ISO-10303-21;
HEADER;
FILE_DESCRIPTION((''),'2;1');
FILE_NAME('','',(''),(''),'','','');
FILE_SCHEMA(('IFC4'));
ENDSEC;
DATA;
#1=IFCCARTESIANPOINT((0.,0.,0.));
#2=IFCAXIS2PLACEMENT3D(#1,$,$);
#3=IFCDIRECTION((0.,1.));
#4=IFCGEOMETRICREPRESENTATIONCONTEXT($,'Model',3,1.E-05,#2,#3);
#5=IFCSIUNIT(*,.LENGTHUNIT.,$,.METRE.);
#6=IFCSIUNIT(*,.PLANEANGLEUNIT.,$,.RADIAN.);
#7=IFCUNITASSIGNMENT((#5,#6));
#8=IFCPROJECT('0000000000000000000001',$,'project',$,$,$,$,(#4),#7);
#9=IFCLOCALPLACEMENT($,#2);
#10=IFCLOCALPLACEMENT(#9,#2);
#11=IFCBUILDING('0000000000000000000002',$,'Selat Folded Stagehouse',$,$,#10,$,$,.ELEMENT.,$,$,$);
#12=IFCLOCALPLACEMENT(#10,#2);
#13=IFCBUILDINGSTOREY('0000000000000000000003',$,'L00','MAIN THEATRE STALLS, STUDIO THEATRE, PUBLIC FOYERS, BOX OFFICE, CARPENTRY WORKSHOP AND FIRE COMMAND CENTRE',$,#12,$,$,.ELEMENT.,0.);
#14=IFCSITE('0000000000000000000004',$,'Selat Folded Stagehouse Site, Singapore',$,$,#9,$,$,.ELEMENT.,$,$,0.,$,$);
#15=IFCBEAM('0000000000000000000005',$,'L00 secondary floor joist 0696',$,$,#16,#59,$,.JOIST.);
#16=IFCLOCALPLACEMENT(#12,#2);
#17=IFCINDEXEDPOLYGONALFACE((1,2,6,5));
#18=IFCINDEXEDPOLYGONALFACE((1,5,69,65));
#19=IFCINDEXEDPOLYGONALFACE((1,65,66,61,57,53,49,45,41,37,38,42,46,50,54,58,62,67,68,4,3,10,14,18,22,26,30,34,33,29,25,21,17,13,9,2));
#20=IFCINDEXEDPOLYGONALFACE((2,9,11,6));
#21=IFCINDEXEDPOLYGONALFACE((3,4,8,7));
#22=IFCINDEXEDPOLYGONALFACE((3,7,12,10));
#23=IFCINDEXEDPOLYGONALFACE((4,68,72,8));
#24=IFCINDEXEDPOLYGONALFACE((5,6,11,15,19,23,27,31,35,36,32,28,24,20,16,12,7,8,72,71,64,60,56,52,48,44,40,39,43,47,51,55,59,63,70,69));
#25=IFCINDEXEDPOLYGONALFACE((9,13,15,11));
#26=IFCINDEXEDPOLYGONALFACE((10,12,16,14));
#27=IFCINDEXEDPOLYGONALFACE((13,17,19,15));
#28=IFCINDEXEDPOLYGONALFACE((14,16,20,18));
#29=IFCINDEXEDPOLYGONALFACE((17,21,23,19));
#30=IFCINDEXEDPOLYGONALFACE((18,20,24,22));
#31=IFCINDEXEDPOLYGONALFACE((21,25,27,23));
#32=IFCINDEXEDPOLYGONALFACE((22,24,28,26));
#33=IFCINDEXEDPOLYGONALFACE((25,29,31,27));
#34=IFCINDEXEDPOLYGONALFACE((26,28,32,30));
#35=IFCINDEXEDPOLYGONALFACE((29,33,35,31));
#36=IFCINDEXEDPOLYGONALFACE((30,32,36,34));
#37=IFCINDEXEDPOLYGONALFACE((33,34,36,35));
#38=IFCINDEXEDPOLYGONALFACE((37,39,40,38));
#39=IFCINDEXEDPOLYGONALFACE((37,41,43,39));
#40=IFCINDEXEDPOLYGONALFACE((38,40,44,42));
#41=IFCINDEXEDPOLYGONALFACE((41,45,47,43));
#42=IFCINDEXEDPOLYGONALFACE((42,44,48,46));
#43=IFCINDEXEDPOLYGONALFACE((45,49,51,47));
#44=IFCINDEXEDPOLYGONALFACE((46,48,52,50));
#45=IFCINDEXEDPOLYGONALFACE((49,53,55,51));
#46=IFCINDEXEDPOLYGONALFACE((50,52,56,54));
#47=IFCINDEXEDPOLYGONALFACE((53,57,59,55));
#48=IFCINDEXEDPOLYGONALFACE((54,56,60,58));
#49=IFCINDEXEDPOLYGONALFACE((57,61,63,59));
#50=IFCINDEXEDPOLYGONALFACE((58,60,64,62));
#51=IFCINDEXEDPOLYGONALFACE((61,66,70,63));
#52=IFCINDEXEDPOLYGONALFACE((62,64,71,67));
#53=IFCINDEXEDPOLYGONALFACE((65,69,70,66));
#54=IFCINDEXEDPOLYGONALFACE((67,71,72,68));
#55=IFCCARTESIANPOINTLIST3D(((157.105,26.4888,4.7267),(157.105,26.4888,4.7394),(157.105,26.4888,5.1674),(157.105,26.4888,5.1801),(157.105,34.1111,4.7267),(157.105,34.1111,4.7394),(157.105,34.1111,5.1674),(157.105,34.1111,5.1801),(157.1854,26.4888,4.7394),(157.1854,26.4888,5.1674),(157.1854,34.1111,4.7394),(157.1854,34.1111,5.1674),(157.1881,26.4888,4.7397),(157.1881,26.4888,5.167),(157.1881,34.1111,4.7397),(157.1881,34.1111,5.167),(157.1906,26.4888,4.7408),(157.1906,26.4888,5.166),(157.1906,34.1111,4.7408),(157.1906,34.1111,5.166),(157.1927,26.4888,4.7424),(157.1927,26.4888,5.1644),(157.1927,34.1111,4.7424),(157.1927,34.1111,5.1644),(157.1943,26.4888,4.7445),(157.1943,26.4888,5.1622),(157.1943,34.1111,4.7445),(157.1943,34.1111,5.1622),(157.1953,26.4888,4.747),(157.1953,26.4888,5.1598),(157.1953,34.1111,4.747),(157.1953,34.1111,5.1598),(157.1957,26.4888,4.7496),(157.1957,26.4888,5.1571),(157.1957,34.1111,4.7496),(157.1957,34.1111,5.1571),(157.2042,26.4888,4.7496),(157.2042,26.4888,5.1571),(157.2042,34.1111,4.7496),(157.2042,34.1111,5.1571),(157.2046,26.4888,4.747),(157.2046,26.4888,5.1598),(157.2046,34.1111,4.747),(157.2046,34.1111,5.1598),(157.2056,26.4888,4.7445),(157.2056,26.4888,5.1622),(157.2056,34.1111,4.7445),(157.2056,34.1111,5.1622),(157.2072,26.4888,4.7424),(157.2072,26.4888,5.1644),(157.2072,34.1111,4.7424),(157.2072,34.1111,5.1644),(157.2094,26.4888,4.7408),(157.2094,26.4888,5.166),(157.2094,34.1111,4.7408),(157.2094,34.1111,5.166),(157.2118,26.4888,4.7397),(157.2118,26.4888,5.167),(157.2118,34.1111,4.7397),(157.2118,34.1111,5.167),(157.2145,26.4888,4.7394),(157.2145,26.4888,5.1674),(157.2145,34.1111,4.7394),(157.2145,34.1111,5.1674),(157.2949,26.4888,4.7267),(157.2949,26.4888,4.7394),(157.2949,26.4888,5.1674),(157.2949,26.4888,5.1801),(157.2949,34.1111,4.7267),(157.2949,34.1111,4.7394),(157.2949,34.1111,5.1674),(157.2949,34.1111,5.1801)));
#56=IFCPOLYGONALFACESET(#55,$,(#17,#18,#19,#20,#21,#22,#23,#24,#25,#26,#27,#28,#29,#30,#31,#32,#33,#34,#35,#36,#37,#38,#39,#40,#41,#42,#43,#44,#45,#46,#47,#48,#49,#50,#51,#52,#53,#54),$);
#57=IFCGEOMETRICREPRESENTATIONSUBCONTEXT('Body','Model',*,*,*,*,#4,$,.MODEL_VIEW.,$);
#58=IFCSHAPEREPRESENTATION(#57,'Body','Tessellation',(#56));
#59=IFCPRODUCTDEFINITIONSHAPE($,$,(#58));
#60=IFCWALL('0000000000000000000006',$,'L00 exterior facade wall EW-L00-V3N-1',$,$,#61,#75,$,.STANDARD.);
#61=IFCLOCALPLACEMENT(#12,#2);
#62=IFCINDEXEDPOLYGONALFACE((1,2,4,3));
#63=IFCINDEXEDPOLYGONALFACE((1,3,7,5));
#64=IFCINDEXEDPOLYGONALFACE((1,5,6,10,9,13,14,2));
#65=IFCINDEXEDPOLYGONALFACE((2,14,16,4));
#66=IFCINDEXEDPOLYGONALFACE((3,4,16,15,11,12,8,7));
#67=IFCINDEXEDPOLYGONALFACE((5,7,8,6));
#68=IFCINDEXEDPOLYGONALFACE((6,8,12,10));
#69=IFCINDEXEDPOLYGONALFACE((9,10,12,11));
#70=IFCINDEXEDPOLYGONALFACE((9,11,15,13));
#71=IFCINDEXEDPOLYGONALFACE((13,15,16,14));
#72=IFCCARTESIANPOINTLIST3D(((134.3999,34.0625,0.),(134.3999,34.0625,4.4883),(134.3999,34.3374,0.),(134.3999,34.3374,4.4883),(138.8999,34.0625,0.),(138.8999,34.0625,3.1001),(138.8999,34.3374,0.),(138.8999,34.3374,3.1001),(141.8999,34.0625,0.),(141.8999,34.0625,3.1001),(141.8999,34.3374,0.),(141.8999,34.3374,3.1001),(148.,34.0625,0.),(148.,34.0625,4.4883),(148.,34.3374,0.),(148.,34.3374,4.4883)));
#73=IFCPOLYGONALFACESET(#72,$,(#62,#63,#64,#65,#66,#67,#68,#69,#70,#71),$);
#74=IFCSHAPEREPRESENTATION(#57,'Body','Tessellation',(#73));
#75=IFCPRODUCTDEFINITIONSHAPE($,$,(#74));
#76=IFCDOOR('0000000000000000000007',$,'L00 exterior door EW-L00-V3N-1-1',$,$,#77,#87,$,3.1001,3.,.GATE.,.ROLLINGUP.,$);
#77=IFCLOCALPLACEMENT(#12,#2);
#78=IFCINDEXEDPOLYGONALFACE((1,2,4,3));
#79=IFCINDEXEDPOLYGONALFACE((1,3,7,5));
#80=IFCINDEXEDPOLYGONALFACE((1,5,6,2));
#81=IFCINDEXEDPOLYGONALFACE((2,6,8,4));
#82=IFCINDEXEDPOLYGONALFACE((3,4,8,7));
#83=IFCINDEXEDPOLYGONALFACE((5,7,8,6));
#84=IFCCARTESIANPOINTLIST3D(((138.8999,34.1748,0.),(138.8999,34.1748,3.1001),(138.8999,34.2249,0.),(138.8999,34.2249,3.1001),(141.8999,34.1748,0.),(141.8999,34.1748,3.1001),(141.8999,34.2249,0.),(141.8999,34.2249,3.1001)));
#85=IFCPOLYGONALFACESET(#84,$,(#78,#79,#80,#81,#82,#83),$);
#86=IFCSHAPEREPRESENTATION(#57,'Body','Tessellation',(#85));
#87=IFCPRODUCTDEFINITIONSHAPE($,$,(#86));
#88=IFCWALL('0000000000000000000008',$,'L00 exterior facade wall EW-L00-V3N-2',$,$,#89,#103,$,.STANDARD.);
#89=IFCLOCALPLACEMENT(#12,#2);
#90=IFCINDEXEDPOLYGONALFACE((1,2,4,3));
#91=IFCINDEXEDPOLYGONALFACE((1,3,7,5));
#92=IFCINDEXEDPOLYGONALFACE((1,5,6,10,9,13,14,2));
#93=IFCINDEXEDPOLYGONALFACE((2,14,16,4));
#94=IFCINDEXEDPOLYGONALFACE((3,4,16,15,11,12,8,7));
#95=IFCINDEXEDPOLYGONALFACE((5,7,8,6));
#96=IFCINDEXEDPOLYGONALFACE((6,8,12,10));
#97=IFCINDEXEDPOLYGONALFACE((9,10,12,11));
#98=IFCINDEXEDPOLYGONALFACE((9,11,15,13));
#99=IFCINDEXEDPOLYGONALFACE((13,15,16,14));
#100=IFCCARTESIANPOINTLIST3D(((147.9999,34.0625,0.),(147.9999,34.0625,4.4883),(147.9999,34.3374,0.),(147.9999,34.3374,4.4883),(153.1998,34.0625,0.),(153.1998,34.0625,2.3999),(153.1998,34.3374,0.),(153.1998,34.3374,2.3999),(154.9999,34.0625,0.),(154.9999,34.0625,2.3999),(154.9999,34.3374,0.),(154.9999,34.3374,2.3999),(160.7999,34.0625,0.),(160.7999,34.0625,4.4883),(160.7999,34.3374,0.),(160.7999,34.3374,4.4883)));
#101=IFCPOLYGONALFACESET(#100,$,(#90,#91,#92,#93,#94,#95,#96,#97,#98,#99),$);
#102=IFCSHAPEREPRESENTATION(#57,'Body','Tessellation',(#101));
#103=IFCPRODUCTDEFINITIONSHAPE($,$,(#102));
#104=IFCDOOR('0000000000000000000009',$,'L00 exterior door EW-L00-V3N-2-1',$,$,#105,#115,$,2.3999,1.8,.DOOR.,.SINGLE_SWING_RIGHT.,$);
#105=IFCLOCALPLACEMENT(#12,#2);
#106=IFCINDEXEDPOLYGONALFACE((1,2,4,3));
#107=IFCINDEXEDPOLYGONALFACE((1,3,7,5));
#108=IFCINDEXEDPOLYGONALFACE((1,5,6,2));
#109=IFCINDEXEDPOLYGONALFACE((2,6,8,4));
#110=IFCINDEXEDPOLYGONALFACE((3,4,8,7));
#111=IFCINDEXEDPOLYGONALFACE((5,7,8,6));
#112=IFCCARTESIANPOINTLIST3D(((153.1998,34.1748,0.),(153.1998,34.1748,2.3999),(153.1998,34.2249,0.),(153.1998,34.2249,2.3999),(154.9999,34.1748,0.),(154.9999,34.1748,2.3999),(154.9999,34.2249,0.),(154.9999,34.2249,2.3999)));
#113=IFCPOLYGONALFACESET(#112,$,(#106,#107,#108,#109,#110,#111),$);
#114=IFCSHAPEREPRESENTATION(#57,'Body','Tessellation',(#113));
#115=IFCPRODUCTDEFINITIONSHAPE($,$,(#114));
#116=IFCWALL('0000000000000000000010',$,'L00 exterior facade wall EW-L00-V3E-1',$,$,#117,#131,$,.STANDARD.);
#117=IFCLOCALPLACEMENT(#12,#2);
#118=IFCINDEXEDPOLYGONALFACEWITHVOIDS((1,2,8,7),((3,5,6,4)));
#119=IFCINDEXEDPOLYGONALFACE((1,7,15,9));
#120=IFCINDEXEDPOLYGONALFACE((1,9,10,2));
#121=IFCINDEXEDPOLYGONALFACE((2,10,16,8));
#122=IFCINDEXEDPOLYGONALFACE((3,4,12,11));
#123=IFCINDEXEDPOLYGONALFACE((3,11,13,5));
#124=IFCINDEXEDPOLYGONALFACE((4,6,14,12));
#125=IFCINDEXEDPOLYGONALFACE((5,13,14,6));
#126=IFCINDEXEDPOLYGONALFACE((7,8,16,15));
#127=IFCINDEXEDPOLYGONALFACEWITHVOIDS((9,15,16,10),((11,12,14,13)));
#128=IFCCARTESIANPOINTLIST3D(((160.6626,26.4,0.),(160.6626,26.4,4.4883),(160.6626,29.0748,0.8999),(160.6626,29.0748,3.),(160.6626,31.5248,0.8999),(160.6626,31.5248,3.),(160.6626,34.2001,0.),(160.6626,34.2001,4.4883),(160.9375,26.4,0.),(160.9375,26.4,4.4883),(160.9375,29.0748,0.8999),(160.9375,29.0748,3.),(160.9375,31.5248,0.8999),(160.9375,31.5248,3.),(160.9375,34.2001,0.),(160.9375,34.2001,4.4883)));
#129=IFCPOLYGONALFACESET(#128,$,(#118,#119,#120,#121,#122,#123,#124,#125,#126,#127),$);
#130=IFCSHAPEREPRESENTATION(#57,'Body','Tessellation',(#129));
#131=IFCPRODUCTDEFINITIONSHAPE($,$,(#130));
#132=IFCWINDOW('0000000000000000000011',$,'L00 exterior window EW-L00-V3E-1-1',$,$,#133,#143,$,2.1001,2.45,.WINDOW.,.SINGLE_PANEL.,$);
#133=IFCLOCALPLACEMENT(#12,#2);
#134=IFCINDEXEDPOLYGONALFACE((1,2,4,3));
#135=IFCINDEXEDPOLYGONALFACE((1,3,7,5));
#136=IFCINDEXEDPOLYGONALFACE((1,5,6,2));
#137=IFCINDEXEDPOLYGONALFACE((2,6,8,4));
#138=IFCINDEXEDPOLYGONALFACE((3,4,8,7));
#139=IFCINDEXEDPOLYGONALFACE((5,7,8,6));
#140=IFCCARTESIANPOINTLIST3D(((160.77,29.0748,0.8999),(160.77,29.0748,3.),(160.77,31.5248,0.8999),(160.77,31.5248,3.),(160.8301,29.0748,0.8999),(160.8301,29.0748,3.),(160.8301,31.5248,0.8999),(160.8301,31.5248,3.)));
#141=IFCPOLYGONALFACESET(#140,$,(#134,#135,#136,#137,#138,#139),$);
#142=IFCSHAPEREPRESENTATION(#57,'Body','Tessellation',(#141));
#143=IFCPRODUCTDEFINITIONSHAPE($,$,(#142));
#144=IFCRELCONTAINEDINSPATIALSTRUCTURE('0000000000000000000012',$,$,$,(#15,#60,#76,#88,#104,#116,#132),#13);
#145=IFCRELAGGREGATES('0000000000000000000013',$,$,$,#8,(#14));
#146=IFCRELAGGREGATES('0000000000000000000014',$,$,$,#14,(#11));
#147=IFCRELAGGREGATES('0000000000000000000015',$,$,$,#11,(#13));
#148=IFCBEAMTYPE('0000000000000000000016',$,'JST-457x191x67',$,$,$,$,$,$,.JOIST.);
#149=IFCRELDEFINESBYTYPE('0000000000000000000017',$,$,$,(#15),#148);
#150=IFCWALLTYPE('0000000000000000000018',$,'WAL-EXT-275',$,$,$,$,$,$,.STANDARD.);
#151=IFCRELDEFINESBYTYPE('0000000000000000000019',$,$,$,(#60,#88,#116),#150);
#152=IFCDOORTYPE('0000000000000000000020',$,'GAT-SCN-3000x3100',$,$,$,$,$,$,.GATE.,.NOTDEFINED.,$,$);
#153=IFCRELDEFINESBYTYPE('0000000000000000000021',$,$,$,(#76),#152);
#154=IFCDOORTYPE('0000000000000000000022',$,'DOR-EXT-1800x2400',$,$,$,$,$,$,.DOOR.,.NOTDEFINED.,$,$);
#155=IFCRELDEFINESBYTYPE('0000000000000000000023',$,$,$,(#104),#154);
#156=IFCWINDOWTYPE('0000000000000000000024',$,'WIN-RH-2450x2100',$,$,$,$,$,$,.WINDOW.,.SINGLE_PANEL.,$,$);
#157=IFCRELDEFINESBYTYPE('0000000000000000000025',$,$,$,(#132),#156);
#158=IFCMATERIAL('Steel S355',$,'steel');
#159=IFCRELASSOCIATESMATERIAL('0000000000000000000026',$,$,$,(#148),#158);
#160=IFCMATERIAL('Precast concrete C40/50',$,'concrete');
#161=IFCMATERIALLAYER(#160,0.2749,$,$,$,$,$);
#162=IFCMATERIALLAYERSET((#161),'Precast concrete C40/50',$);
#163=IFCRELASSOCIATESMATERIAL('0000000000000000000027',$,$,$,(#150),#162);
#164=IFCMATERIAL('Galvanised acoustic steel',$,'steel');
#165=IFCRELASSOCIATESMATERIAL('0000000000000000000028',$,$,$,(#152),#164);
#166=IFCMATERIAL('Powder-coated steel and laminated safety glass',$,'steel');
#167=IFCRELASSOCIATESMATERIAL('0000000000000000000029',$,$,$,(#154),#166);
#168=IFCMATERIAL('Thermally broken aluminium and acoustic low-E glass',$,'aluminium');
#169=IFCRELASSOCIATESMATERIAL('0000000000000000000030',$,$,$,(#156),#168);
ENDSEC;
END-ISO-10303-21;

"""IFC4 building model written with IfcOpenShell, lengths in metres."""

from ifc_helpers import new_model, si_unit, direction, frame, frame_2d, origin, origin_2d, place, context, subcontext, project, spatial, rectangle, i_section, extrude, material, layer, layer_set, material_profile, profile_set, type_object, element, fill, save


model = new_model("IFC4")

# Units and contexts
model_context = context("Model", 3, precision=1e-05, world=origin(), true_north=direction((0.0, 1.0)))
body_context = subcontext(model_context, "Body", "Model", "MODEL_VIEW")
ifc_project = project(units=[si_unit("LENGTHUNIT", "METRE"), si_unit("PLANEANGLEUNIT", "RADIAN")], contexts=[model_context])

# Site, building, storey
site_placement = place(None, origin())
site = spatial("IfcSite", under=ifc_project, at=site_placement, Name="Selat Folded Stagehouse Site, Singapore", CompositionType="ELEMENT", RefElevation=0.0)
building_placement = place(site_placement, origin())
building = spatial("IfcBuilding", under=site, at=building_placement, Name="Selat Folded Stagehouse", CompositionType="ELEMENT")
storey_placement = place(building_placement, origin())
storey = spatial("IfcBuildingStorey", under=building, at=storey_placement, Name="L00", Description="MAIN THEATRE STALLS, STUDIO THEATRE, PUBLIC FOYERS, BOX OFFICE, CARPENTRY WORKSHOP AND FIRE COMMAND CENTRE", CompositionType="ELEMENT", Elevation=0.0)

# Shared definitions
ifc_material_1 = material(Name="Steel S355", Category="steel")

# Beam
ifc_material_profile_1 = material_profile(ifc_material_1, i_section(OverallWidth=0.1899, OverallDepth=0.4534, WebThickness=0.0085, FlangeThickness=0.0127, FilletRadius=0.0103, at=origin_2d()), Name="UKB 457x191x67")
ifc_profile_set_1 = profile_set([ifc_material_profile_1], Name="Steel S355")
beam_type_1 = type_object("IfcBeamType", Name="JST-457x191x67", PredefinedType="JOIST", material=ifc_profile_set_1)
beam_1_placement = place(storey_placement, frame((157.2, 26.4888, 4.9534), z_axis=(0.0, 1.0, 0.0), x_axis=(-1.0, 0.0, 0.0)))
element("IfcBeam", 1, at=beam_1_placement, inside=storey, type_object=beam_type_1, Name="L00 secondary floor joist 0696", PredefinedType="JOIST", context=body_context, shape_type="SweptSolid", body=[
    extrude(i_section(OverallWidth=0.1899, OverallDepth=0.4534, WebThickness=0.0085, FlangeThickness=0.0127, FilletRadius=0.0103, at=origin_2d()), origin(), (0.0, 0.0, 1.0), 7.6223),
])

# Walls, openings, doors
ifc_material_2 = material(Name="Precast concrete C40/50", Category="concrete")
ifc_layer = layer(ifc_material_2, 0.2749)
ifc_layer_set = layer_set([ifc_layer], Name="Precast concrete C40/50")
wall_type = type_object("IfcWallType", Name="WAL-EXT-275", PredefinedType="STANDARD", material=ifc_layer_set)
wall_1_placement = place(storey_placement, frame((134.3999, 34.2, 0.0), z_axis=(0.0, 0.0, 1.0), x_axis=(1.0, 0.0, 0.0)))
wall_1 = element("IfcWall", 2, at=wall_1_placement, inside=storey, type_object=wall_type, Name="L00 exterior facade wall EW-L00-V3N-1", PredefinedType="STANDARD", context=body_context, shape_type="SweptSolid", body=[
    extrude(rectangle(XDim=13.6001, YDim=0.2749, at=frame_2d((6.8, 0.0))), origin(), (0.0, 0.0, 1.0), 4.4883),
])
opening_1_placement = place(wall_1_placement, frame((4.5, 0.0, 0.0)))
opening_1 = element("IfcOpeningElement", 3, at=opening_1_placement, cuts=wall_1, PredefinedType="OPENING", context=body_context, shape_type="SweptSolid", body=[
    extrude(rectangle(XDim=3.0, YDim=3.1001, at=frame_2d((1.5, 1.55))), frame((0.0, 0.1475, 0.0), z_axis=(0.0, -1.0, 0.0), x_axis=(1.0, 0.0, 0.0)), (0.0, 0.0, 1.0), 0.2949),
])
ifc_material_3 = material(Name="Galvanised acoustic steel", Category="steel")
door_type_1 = type_object("IfcDoorType", Name="GAT-SCN-3000x3100", OperationType="NOTDEFINED", PredefinedType="GATE", material=ifc_material_3)
door_1_placement = place(opening_1_placement, origin())
door_1 = element("IfcDoor", 4, at=door_1_placement, inside=storey, type_object=door_type_1, Name="L00 exterior door EW-L00-V3N-1-1", OperationType="ROLLINGUP", OverallHeight=3.1001, OverallWidth=3.0, PredefinedType="GATE", context=body_context, shape_type="SweptSolid", body=[
    extrude(rectangle(XDim=3.0, YDim=3.1001, at=frame_2d((1.5, 1.55))), frame((0.0, 0.0249, 0.0), z_axis=(0.0, -1.0, 0.0), x_axis=(1.0, 0.0, 0.0)), (0.0, 0.0, 1.0), 0.05),
])
fill(opening_1, door_1)
wall_2_placement = place(storey_placement, frame((148.0, 34.2, 0.0), z_axis=(0.0, 0.0, 1.0), x_axis=(1.0, 0.0, 0.0)))
wall_2 = element("IfcWall", 5, at=wall_2_placement, inside=storey, type_object=wall_type, Name="L00 exterior facade wall EW-L00-V3N-2", PredefinedType="STANDARD", context=body_context, shape_type="SweptSolid", body=[
    extrude(rectangle(XDim=12.8, YDim=0.2749, at=frame_2d((6.3999, 0.0))), origin(), (0.0, 0.0, 1.0), 4.4883),
])
opening_2_placement = place(wall_2_placement, frame((5.2, 0.0, 0.0)))
opening_2 = element("IfcOpeningElement", 6, at=opening_2_placement, cuts=wall_2, PredefinedType="OPENING", context=body_context, shape_type="SweptSolid", body=[
    extrude(rectangle(XDim=1.8, YDim=2.3999, at=frame_2d((0.8999, 1.2))), frame((0.0, 0.1475, 0.0), z_axis=(0.0, -1.0, 0.0), x_axis=(1.0, 0.0, 0.0)), (0.0, 0.0, 1.0), 0.2949),
])
ifc_material_4 = material(Name="Powder-coated steel and laminated safety glass", Category="steel")
door_type_2 = type_object("IfcDoorType", Name="DOR-EXT-1800x2400", OperationType="NOTDEFINED", PredefinedType="DOOR", material=ifc_material_4)
door_2_placement = place(opening_2_placement, origin())
door_2 = element("IfcDoor", 7, at=door_2_placement, inside=storey, type_object=door_type_2, Name="L00 exterior door EW-L00-V3N-2-1", OperationType="SINGLE_SWING_RIGHT", OverallHeight=2.3999, OverallWidth=1.8, PredefinedType="DOOR", context=body_context, shape_type="SweptSolid", body=[
    extrude(rectangle(XDim=1.8, YDim=2.3999, at=frame_2d((0.8999, 1.2))), frame((0.0, 0.0249, 0.0), z_axis=(0.0, -1.0, 0.0), x_axis=(1.0, 0.0, 0.0)), (0.0, 0.0, 1.0), 0.05),
])
fill(opening_2, door_2)

# Wall, opening, window
wall_3_placement = place(storey_placement, frame((160.8, 34.2, 0.0), z_axis=(0.0, 0.0, 1.0), x_axis=(0.0, -1.0, 0.0)))
wall_3 = element("IfcWall", 8, at=wall_3_placement, inside=storey, type_object=wall_type, Name="L00 exterior facade wall EW-L00-V3E-1", PredefinedType="STANDARD", context=body_context, shape_type="SweptSolid", body=[
    extrude(rectangle(XDim=7.8, YDim=0.2749, at=frame_2d((3.8999, 0.0))), origin(), (0.0, 0.0, 1.0), 4.4883),
])
opening_3_placement = place(wall_3_placement, frame((2.675, 0.0, 0.8999)))
opening_3 = element("IfcOpeningElement", 9, at=opening_3_placement, cuts=wall_3, PredefinedType="OPENING", context=body_context, shape_type="SweptSolid", body=[
    extrude(rectangle(XDim=2.45, YDim=2.1001, at=frame_2d((1.2251, 1.05))), frame((0.0, 0.1475, 0.0), z_axis=(0.0, -1.0, 0.0), x_axis=(1.0, 0.0, 0.0)), (0.0, 0.0, 1.0), 0.2949),
])
ifc_material_5 = material(Name="Thermally broken aluminium and acoustic low-E glass", Category="aluminium")
window_type = type_object("IfcWindowType", Name="WIN-RH-2450x2100", PartitioningType="SINGLE_PANEL", PredefinedType="WINDOW", material=ifc_material_5)
window_placement = place(opening_3_placement, origin())
window = element("IfcWindow", 10, at=window_placement, inside=storey, type_object=window_type, Name="L00 exterior window EW-L00-V3E-1-1", OverallHeight=2.1001, OverallWidth=2.45, PartitioningType="SINGLE_PANEL", PredefinedType="WINDOW", context=body_context, shape_type="SweptSolid", body=[
    extrude(rectangle(XDim=2.45, YDim=2.1001, at=frame_2d((1.2251, 1.05))), frame((0.0, 0.03, 0.0), z_axis=(0.0, -1.0, 0.0), x_axis=(1.0, 0.0, 0.0)), (0.0, 0.0, 1.0), 0.0601),
])
fill(opening_3, window)

save(model, "model.ifc")
